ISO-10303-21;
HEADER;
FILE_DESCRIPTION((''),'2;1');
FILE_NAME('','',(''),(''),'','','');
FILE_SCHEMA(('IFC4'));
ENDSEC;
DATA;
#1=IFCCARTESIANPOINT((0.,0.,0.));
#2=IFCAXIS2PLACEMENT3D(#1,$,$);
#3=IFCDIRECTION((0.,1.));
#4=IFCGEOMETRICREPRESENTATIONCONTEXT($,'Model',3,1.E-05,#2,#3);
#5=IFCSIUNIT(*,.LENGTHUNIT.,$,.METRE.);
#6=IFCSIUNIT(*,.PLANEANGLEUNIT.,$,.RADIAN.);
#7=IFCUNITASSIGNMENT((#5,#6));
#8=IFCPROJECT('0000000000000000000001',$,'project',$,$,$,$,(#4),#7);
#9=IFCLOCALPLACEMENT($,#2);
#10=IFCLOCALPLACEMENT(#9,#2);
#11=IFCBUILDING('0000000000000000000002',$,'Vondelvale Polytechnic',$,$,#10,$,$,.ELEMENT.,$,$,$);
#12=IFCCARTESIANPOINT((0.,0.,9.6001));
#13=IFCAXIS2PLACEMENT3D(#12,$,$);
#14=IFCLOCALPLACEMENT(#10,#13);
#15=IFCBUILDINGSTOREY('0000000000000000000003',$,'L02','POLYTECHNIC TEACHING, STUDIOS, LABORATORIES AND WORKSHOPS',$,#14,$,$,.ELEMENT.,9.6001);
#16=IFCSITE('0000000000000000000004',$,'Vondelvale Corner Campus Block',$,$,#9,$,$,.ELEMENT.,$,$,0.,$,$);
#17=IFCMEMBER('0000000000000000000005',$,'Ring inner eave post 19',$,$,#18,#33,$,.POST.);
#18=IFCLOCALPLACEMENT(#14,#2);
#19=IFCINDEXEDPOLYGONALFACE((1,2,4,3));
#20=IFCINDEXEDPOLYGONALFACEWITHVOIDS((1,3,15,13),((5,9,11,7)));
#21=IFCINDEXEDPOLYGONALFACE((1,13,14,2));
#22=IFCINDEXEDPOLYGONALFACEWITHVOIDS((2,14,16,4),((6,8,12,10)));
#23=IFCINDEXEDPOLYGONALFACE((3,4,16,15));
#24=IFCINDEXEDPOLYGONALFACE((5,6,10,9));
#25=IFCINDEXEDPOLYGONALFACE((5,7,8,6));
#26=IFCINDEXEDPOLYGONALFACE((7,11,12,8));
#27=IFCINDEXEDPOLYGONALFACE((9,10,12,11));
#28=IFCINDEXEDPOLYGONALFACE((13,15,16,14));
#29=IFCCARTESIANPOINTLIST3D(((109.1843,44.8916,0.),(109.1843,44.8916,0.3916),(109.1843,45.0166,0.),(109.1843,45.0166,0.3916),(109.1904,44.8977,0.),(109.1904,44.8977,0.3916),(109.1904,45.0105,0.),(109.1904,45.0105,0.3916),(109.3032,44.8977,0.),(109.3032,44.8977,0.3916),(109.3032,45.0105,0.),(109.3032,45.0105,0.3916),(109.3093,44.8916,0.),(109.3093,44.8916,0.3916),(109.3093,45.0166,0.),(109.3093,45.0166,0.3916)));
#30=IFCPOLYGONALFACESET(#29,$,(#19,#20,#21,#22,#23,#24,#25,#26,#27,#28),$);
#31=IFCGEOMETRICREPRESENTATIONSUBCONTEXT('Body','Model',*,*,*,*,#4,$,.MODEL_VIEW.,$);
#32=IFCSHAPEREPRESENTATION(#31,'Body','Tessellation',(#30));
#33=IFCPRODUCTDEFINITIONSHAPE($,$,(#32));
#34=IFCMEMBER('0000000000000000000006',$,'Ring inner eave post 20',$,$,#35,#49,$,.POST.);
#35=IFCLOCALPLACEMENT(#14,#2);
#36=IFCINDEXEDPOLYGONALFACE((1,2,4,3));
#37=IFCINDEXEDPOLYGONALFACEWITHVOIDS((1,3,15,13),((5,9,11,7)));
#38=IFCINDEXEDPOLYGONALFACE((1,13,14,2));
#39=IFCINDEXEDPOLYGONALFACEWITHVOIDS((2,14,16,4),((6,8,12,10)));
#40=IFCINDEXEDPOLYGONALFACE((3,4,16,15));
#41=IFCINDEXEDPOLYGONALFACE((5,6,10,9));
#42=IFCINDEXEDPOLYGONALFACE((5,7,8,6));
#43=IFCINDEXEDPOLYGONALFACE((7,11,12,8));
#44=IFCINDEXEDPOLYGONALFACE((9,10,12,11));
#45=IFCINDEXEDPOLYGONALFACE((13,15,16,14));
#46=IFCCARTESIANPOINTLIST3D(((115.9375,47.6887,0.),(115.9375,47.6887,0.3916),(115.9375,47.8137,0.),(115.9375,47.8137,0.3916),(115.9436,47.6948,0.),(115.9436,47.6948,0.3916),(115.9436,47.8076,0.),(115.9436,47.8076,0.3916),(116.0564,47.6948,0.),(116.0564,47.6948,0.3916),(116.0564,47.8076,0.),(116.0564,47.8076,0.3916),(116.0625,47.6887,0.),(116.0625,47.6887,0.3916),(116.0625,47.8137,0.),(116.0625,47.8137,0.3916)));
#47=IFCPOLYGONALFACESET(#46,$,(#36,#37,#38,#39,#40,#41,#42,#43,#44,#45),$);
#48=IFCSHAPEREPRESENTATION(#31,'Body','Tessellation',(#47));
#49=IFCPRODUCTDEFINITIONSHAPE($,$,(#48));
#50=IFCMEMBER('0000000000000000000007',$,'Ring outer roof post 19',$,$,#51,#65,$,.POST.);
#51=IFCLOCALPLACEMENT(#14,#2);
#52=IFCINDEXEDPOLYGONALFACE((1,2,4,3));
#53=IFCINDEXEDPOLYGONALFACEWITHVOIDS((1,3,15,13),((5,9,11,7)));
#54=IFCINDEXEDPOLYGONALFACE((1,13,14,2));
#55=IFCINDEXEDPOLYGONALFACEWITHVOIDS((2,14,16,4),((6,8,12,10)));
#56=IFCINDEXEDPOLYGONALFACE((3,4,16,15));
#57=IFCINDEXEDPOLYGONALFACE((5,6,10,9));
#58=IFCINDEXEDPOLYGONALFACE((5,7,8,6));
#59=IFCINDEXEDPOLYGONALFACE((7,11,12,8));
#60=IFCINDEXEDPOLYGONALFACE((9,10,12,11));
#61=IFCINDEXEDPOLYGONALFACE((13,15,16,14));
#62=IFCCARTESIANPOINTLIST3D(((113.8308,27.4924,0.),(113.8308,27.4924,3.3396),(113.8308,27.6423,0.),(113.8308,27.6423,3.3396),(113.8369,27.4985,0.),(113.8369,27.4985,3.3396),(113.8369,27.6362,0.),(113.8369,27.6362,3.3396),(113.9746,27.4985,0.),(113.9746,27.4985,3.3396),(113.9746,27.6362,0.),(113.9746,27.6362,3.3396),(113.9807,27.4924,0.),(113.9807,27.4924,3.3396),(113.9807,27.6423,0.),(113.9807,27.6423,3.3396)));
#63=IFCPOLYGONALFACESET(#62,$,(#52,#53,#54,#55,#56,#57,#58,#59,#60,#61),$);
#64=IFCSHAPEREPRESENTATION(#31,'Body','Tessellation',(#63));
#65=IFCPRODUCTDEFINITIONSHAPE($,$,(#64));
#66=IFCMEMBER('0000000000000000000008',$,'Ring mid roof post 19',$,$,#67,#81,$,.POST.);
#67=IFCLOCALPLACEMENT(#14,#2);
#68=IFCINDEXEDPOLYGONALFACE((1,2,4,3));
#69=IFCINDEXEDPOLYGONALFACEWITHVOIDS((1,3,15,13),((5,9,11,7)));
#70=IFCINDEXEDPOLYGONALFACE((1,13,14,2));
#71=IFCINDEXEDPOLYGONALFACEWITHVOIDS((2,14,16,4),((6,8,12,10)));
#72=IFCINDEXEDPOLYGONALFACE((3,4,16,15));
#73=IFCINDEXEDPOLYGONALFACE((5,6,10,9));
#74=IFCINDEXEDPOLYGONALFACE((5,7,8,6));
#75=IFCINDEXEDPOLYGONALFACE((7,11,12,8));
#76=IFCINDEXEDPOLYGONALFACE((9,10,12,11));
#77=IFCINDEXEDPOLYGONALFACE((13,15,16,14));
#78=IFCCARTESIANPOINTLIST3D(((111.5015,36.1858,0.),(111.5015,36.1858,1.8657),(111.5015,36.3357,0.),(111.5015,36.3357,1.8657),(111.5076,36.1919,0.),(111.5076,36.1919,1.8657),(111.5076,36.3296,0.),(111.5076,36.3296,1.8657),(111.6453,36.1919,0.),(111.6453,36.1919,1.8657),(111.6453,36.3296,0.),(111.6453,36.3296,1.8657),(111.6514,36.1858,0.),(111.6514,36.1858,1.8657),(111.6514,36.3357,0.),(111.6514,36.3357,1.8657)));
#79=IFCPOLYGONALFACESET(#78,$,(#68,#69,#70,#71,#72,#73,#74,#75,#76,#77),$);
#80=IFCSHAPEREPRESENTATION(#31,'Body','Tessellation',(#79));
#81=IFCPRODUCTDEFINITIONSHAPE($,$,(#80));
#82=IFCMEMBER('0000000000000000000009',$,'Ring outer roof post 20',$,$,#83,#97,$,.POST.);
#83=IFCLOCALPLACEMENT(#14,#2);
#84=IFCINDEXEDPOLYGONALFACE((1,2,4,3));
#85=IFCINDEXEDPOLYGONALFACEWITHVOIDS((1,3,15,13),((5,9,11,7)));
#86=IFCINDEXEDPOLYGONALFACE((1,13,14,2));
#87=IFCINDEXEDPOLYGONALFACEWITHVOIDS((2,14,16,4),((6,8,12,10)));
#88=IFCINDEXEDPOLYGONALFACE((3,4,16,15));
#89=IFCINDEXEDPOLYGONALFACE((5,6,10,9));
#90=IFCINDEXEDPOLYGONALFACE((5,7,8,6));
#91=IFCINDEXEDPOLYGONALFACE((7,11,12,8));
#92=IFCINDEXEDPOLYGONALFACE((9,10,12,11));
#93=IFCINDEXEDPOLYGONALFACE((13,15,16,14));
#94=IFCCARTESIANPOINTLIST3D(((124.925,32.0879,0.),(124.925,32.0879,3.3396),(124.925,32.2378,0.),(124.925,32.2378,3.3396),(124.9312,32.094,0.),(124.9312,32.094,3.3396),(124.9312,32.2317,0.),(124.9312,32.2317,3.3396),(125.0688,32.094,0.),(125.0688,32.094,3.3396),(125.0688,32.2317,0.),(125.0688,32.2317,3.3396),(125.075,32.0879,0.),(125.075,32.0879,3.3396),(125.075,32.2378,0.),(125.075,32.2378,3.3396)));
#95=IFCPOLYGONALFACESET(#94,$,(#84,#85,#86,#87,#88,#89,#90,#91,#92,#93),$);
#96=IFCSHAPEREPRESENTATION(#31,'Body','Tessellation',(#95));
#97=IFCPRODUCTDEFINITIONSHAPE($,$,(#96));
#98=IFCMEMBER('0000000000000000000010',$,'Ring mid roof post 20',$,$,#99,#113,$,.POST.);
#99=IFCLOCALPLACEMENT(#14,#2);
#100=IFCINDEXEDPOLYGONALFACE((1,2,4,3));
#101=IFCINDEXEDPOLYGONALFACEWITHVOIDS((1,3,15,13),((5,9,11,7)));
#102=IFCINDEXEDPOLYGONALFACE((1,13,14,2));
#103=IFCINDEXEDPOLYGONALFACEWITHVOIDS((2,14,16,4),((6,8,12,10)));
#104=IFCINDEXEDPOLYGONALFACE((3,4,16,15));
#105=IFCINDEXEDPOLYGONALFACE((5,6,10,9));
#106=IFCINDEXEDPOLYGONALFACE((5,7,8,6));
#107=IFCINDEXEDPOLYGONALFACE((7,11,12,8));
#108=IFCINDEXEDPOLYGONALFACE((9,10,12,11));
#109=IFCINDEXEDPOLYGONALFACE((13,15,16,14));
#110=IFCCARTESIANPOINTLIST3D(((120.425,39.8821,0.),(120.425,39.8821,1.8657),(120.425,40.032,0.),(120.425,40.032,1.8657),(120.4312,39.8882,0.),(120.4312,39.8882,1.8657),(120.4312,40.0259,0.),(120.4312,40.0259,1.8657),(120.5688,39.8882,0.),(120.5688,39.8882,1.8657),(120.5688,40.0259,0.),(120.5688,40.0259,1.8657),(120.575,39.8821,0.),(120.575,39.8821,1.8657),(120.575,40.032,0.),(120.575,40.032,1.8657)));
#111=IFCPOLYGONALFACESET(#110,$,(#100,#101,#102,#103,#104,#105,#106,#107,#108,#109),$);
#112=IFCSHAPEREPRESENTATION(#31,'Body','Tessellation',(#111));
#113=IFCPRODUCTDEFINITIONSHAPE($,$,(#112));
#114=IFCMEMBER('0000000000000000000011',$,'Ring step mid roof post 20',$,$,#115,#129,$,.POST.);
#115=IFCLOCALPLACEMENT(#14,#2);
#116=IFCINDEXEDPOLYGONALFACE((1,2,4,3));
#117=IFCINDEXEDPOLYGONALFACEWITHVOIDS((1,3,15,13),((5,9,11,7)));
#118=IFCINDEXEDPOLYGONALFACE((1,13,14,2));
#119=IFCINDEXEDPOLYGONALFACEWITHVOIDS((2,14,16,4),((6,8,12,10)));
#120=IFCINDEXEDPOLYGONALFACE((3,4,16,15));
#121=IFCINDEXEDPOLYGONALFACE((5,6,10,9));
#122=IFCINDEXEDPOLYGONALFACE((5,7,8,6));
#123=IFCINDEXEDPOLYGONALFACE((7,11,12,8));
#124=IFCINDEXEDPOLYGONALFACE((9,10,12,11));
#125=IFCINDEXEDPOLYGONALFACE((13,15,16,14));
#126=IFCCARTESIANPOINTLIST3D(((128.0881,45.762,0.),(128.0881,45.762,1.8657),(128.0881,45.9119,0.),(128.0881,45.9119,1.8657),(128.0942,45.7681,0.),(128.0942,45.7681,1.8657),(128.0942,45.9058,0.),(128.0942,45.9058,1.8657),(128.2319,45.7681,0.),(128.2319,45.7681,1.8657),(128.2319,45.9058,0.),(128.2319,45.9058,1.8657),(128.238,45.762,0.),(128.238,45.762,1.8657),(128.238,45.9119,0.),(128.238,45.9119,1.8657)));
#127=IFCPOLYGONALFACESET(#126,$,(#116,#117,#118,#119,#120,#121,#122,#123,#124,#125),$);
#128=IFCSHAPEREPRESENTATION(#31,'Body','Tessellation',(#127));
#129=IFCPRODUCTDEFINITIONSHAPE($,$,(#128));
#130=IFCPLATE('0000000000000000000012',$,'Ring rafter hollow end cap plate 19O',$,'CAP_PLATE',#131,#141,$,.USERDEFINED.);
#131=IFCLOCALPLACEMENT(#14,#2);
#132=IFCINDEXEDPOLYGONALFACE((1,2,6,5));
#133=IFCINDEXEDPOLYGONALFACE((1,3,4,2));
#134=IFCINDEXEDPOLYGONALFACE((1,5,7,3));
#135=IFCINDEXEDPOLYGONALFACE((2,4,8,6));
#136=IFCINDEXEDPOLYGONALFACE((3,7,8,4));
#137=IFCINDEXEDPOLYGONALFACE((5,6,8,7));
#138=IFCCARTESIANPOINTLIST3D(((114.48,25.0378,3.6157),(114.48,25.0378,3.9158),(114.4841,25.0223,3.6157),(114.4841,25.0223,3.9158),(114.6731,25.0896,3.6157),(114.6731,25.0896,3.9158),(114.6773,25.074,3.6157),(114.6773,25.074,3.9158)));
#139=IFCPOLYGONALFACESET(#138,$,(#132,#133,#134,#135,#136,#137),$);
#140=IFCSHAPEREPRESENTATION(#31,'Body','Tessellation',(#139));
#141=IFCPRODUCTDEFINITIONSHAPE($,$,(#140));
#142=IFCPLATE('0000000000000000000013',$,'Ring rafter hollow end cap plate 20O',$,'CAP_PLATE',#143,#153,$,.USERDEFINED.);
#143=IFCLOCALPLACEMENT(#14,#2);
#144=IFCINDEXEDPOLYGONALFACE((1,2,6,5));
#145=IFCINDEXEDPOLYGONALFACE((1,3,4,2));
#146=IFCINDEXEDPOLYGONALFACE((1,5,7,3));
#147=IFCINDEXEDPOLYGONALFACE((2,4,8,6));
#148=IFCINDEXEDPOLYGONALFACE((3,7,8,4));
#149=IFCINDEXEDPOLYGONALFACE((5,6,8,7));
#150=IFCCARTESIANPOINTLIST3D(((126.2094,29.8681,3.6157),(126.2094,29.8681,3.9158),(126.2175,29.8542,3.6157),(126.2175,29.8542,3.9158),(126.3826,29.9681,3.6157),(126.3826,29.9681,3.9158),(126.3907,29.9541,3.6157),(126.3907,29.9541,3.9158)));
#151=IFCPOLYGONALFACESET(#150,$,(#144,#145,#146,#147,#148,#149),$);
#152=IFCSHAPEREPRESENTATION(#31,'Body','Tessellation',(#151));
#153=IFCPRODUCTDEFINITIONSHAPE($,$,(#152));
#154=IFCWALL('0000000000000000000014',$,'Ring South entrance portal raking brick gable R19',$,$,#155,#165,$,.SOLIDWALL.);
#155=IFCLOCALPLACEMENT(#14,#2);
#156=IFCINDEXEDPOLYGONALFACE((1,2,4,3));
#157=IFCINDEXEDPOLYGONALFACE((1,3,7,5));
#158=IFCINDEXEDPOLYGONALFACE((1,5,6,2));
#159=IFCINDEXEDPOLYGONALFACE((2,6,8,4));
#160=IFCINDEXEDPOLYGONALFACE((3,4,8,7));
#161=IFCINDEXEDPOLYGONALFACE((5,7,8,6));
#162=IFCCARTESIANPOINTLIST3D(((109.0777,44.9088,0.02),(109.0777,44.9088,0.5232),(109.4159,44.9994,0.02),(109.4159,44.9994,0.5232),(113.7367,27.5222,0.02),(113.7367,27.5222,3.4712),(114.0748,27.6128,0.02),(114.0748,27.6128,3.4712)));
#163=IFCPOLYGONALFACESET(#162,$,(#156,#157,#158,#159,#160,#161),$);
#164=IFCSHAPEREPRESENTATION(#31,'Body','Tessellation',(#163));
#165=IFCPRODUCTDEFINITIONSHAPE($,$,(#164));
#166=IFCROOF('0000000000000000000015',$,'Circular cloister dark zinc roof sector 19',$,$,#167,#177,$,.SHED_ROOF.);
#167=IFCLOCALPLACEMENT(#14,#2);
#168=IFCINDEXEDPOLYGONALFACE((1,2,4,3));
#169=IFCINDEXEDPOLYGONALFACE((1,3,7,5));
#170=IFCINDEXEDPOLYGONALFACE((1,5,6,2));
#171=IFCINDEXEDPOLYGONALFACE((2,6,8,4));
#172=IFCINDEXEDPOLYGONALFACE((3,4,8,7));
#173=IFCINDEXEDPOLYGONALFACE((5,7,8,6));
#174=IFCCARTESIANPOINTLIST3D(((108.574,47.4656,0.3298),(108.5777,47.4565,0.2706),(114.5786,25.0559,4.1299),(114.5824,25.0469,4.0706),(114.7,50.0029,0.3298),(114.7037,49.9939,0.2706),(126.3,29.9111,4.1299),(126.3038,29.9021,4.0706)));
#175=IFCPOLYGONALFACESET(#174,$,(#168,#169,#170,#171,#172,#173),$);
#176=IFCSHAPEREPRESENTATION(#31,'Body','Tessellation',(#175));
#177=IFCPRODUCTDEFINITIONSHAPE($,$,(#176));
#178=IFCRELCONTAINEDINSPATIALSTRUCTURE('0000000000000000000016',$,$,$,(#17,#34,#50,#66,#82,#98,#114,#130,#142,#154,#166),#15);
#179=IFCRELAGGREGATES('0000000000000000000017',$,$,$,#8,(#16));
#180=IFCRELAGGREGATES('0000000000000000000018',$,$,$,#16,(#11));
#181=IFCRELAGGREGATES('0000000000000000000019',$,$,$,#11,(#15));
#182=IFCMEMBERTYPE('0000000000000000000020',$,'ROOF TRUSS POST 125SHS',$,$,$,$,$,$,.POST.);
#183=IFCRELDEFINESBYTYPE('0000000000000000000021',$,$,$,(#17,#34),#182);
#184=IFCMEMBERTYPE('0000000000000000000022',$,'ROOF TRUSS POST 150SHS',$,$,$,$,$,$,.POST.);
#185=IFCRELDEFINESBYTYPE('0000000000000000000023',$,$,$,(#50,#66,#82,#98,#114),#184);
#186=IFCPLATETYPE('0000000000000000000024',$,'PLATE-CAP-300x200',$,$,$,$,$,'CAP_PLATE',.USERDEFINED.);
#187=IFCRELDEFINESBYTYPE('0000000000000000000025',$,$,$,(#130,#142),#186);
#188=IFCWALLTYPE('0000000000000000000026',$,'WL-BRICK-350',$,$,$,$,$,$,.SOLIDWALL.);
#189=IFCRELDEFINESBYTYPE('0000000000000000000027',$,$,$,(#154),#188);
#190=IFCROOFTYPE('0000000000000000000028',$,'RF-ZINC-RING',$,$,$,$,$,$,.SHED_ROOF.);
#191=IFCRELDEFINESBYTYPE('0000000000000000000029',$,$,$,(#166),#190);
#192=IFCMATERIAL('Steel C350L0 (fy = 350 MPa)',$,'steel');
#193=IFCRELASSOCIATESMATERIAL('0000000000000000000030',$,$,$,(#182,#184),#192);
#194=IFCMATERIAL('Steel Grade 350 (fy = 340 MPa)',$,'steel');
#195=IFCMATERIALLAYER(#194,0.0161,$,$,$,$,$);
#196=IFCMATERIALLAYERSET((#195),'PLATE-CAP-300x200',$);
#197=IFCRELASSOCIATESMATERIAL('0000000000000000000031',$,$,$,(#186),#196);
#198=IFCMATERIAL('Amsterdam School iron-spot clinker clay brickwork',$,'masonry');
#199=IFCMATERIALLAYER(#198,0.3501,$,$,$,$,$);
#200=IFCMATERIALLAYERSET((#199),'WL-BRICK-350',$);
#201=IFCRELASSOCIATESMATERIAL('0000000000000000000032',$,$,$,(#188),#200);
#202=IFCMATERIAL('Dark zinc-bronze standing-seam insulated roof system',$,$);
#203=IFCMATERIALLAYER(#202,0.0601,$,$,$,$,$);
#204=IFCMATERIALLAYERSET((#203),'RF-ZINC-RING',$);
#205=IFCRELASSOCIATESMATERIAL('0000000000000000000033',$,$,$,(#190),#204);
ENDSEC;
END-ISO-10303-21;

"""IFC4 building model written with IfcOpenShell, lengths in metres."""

from ifc_helpers import new_model, si_unit, direction, frame, origin, origin_2d, place, context, subcontext, project, spatial, polyline, rectangle, hollow_rectangle, outline, extrude, material, layer, layer_set, material_profile, profile_set, type_object, element, save


model = new_model("IFC4")

# Units and contexts
model_context = context("Model", 3, precision=1e-05, world=origin(), true_north=direction((0.0, 1.0)))
body_context = subcontext(model_context, "Body", "Model", "MODEL_VIEW")
ifc_project = project(units=[si_unit("LENGTHUNIT", "METRE"), si_unit("PLANEANGLEUNIT", "RADIAN")], contexts=[model_context])

# Site, building, storey
site_placement = place(None, origin())
site = spatial("IfcSite", under=ifc_project, at=site_placement, Name="Vondelvale Corner Campus Block", CompositionType="ELEMENT", RefElevation=0.0)
building_placement = place(site_placement, origin())
building = spatial("IfcBuilding", under=site, at=building_placement, Name="Vondelvale Polytechnic", CompositionType="ELEMENT")
storey_placement = place(building_placement, frame((0.0, 0.0, 9.6001)))
storey = spatial("IfcBuildingStorey", under=building, at=storey_placement, Name="L02", Description="POLYTECHNIC TEACHING, STUDIOS, LABORATORIES AND WORKSHOPS", CompositionType="ELEMENT", Elevation=9.6001)

# Members
ifc_material_1 = material(Name="Steel C350L0 (fy = 350 MPa)", Category="steel")
ifc_material_profile_1 = material_profile(ifc_material_1, hollow_rectangle(XDim=0.125, YDim=0.125, WallThickness=0.0061, at=origin_2d()), Name="125x125x6.0SHS")
ifc_profile_set_1 = profile_set([ifc_material_profile_1], Name="Steel C350L0 (fy = 350 MPa)")
member_type_1 = type_object("IfcMemberType", Name="ROOF TRUSS POST 125SHS", PredefinedType="POST", material=ifc_profile_set_1)
for number, where, z_axis, x_axis, name in (
    (1, (109.2468, 44.9541, 0.0), (0.0, 0.0, 1.0), (1.0, 0.0, 0.0), "Ring inner eave post 19"),
    (2, (116.0, 47.7512, 0.0), (0.0, 0.0, 1.0), (1.0, 0.0, 0.0), "Ring inner eave post 20"),
):
    element("IfcMember", number, at=place(storey_placement, frame(where, z_axis=z_axis, x_axis=x_axis)), inside=storey, type_object=member_type_1, Name=name, PredefinedType="POST", context=body_context, shape_type="SweptSolid", body=[
        extrude(hollow_rectangle(XDim=0.125, YDim=0.125, WallThickness=0.0061, at=origin_2d()), origin(), (0.0, 0.0, 1.0), 0.3916),
    ])
ifc_material_profile_2 = material_profile(ifc_material_1, hollow_rectangle(XDim=0.1499, YDim=0.1499, WallThickness=0.0061, at=origin_2d()), Name="150x150x6.0SHS")
ifc_profile_set_2 = profile_set([ifc_material_profile_2], Name="Steel C350L0 (fy = 350 MPa)")
member_type_2 = type_object("IfcMemberType", Name="ROOF TRUSS POST 150SHS", PredefinedType="POST", material=ifc_profile_set_2)
member_1_placement = place(storey_placement, frame((113.9058, 27.5674, 0.0), z_axis=(0.0, 0.0, 1.0), x_axis=(1.0, 0.0, 0.0)))
element("IfcMember", 3, at=member_1_placement, inside=storey, type_object=member_type_2, Name="Ring outer roof post 19", PredefinedType="POST", context=body_context, shape_type="SweptSolid", body=[
    extrude(hollow_rectangle(XDim=0.1499, YDim=0.1499, WallThickness=0.0061, at=origin_2d()), origin(), (0.0, 0.0, 1.0), 3.3396),
])
member_2_placement = place(storey_placement, frame((111.5764, 36.2607, 0.0), z_axis=(0.0, 0.0, 1.0), x_axis=(1.0, 0.0, 0.0)))
element("IfcMember", 4, at=member_2_placement, inside=storey, type_object=member_type_2, Name="Ring mid roof post 19", PredefinedType="POST", context=body_context, shape_type="SweptSolid", body=[
    extrude(hollow_rectangle(XDim=0.1499, YDim=0.1499, WallThickness=0.0061, at=origin_2d()), origin(), (0.0, 0.0, 1.0), 1.8657),
])
member_3_placement = place(storey_placement, frame((125.0, 32.1628, 0.0), z_axis=(0.0, 0.0, 1.0), x_axis=(1.0, 0.0, 0.0)))
element("IfcMember", 5, at=member_3_placement, inside=storey, type_object=member_type_2, Name="Ring outer roof post 20", PredefinedType="POST", context=body_context, shape_type="SweptSolid", body=[
    extrude(hollow_rectangle(XDim=0.1499, YDim=0.1499, WallThickness=0.0061, at=origin_2d()), origin(), (0.0, 0.0, 1.0), 3.3396),
])
for number, where, z_axis, x_axis, name in (
    (6, (120.5, 39.957, 0.0), (0.0, 0.0, 1.0), (1.0, 0.0, 0.0), "Ring mid roof post 20"),
    (7, (128.1631, 45.8369, 0.0), (0.0, 0.0, 1.0), (1.0, 0.0, 0.0), "Ring step mid roof post 20"),
):
    element("IfcMember", number, at=place(storey_placement, frame(where, z_axis=z_axis, x_axis=x_axis)), inside=storey, type_object=member_type_2, Name=name, PredefinedType="POST", context=body_context, shape_type="SweptSolid", body=[
        extrude(hollow_rectangle(XDim=0.1499, YDim=0.1499, WallThickness=0.0061, at=origin_2d()), origin(), (0.0, 0.0, 1.0), 1.8657),
    ])

# Plates
ifc_material_2 = material(Name="Steel Grade 350 (fy = 340 MPa)", Category="steel")
ifc_layer_1 = layer(ifc_material_2, 0.0161)
ifc_layer_set_1 = layer_set([ifc_layer_1], Name="PLATE-CAP-300x200")
plate_type = type_object("IfcPlateType", Name="PLATE-CAP-300x200", ElementType="CAP_PLATE", PredefinedType="USERDEFINED", material=ifc_layer_set_1)
for number, where, z_axis, x_axis, name in (
    (8, (114.5786, 25.0559, 3.6157), (0.0, 0.0, 1.0), (-0.258819, 0.965926, 0.0), "Ring rafter hollow end cap plate 19O"),
    (9, (126.3, 29.9111, 3.6157), (0.0, 0.0, 1.0), (-0.5, 0.866025, 0.0), "Ring rafter hollow end cap plate 20O"),
):
    element("IfcPlate", number, at=place(storey_placement, frame(where, z_axis=z_axis, x_axis=x_axis)), inside=storey, type_object=plate_type, Name=name, ObjectType="CAP_PLATE", PredefinedType="USERDEFINED", context=body_context, shape_type="SweptSolid", body=[
        extrude(rectangle(XDim=0.0161, YDim=0.2, at=origin_2d()), origin(), (0.0, 0.0, 1.0), 0.3),
    ])

# Wall
ifc_material_3 = material(Name="Amsterdam School iron-spot clinker clay brickwork", Category="masonry")
ifc_layer_2 = layer(ifc_material_3, 0.3501)
ifc_layer_set_2 = layer_set([ifc_layer_2], Name="WL-BRICK-350")
wall_type = type_object("IfcWallType", Name="WL-BRICK-350", PredefinedType="SOLIDWALL", material=ifc_layer_set_2)
wall_placement = place(storey_placement, frame((109.2468, 44.9541, 0.02), z_axis=(0.0, 0.0, 1.0), x_axis=(0.258828, -0.965923, 0.0)))
element("IfcWall", 10, at=wall_placement, inside=storey, type_object=wall_type, Name="Ring South entrance portal raking brick gable R19", PredefinedType="SOLIDWALL", context=body_context, shape_type="SweptSolid", body=[
    extrude(outline(polyline([(0.0, 0.0), (18.0, 0.0), (18.0, 3.4512), (0.0, 0.5032), (0.0, 0.0)])), frame((0.0, 0.175, 0.0), z_axis=(0.0, -1.0, 0.0), x_axis=(1.0, 0.0, 0.0)), (0.0, 0.0, 1.0), 0.3501),
])

# Roof
ifc_material_4 = material(Name="Dark zinc-bronze standing-seam insulated roof system")
ifc_layer_3 = layer(ifc_material_4, 0.0601)
ifc_layer_set_3 = layer_set([ifc_layer_3], Name="RF-ZINC-RING")
roof_type = type_object("IfcRoofType", Name="RF-ZINC-RING", PredefinedType="SHED_ROOF", material=ifc_layer_set_3)
roof_placement = place(storey_placement, frame((108.574, 47.4656, 0.3298), z_axis=(-0.062376, 0.150591, 0.986626), x_axis=(0.255415, -0.953224, 0.16164)))
element("IfcRoof", 11, at=roof_placement, inside=storey, type_object=roof_type, Name="Circular cloister dark zinc roof sector 19", PredefinedType="SHED_ROOF", context=body_context, shape_type="SweptSolid", body=[
    extrude(outline(polyline([(0.0, 0.0), (23.5093, 0.0), (21.8751, 12.5815), (-0.854, 6.5754), (0.0, 0.0)])), origin(), (0.0, 0.0, -1.0), 0.0601),
])

save(model, "model.ifc")
